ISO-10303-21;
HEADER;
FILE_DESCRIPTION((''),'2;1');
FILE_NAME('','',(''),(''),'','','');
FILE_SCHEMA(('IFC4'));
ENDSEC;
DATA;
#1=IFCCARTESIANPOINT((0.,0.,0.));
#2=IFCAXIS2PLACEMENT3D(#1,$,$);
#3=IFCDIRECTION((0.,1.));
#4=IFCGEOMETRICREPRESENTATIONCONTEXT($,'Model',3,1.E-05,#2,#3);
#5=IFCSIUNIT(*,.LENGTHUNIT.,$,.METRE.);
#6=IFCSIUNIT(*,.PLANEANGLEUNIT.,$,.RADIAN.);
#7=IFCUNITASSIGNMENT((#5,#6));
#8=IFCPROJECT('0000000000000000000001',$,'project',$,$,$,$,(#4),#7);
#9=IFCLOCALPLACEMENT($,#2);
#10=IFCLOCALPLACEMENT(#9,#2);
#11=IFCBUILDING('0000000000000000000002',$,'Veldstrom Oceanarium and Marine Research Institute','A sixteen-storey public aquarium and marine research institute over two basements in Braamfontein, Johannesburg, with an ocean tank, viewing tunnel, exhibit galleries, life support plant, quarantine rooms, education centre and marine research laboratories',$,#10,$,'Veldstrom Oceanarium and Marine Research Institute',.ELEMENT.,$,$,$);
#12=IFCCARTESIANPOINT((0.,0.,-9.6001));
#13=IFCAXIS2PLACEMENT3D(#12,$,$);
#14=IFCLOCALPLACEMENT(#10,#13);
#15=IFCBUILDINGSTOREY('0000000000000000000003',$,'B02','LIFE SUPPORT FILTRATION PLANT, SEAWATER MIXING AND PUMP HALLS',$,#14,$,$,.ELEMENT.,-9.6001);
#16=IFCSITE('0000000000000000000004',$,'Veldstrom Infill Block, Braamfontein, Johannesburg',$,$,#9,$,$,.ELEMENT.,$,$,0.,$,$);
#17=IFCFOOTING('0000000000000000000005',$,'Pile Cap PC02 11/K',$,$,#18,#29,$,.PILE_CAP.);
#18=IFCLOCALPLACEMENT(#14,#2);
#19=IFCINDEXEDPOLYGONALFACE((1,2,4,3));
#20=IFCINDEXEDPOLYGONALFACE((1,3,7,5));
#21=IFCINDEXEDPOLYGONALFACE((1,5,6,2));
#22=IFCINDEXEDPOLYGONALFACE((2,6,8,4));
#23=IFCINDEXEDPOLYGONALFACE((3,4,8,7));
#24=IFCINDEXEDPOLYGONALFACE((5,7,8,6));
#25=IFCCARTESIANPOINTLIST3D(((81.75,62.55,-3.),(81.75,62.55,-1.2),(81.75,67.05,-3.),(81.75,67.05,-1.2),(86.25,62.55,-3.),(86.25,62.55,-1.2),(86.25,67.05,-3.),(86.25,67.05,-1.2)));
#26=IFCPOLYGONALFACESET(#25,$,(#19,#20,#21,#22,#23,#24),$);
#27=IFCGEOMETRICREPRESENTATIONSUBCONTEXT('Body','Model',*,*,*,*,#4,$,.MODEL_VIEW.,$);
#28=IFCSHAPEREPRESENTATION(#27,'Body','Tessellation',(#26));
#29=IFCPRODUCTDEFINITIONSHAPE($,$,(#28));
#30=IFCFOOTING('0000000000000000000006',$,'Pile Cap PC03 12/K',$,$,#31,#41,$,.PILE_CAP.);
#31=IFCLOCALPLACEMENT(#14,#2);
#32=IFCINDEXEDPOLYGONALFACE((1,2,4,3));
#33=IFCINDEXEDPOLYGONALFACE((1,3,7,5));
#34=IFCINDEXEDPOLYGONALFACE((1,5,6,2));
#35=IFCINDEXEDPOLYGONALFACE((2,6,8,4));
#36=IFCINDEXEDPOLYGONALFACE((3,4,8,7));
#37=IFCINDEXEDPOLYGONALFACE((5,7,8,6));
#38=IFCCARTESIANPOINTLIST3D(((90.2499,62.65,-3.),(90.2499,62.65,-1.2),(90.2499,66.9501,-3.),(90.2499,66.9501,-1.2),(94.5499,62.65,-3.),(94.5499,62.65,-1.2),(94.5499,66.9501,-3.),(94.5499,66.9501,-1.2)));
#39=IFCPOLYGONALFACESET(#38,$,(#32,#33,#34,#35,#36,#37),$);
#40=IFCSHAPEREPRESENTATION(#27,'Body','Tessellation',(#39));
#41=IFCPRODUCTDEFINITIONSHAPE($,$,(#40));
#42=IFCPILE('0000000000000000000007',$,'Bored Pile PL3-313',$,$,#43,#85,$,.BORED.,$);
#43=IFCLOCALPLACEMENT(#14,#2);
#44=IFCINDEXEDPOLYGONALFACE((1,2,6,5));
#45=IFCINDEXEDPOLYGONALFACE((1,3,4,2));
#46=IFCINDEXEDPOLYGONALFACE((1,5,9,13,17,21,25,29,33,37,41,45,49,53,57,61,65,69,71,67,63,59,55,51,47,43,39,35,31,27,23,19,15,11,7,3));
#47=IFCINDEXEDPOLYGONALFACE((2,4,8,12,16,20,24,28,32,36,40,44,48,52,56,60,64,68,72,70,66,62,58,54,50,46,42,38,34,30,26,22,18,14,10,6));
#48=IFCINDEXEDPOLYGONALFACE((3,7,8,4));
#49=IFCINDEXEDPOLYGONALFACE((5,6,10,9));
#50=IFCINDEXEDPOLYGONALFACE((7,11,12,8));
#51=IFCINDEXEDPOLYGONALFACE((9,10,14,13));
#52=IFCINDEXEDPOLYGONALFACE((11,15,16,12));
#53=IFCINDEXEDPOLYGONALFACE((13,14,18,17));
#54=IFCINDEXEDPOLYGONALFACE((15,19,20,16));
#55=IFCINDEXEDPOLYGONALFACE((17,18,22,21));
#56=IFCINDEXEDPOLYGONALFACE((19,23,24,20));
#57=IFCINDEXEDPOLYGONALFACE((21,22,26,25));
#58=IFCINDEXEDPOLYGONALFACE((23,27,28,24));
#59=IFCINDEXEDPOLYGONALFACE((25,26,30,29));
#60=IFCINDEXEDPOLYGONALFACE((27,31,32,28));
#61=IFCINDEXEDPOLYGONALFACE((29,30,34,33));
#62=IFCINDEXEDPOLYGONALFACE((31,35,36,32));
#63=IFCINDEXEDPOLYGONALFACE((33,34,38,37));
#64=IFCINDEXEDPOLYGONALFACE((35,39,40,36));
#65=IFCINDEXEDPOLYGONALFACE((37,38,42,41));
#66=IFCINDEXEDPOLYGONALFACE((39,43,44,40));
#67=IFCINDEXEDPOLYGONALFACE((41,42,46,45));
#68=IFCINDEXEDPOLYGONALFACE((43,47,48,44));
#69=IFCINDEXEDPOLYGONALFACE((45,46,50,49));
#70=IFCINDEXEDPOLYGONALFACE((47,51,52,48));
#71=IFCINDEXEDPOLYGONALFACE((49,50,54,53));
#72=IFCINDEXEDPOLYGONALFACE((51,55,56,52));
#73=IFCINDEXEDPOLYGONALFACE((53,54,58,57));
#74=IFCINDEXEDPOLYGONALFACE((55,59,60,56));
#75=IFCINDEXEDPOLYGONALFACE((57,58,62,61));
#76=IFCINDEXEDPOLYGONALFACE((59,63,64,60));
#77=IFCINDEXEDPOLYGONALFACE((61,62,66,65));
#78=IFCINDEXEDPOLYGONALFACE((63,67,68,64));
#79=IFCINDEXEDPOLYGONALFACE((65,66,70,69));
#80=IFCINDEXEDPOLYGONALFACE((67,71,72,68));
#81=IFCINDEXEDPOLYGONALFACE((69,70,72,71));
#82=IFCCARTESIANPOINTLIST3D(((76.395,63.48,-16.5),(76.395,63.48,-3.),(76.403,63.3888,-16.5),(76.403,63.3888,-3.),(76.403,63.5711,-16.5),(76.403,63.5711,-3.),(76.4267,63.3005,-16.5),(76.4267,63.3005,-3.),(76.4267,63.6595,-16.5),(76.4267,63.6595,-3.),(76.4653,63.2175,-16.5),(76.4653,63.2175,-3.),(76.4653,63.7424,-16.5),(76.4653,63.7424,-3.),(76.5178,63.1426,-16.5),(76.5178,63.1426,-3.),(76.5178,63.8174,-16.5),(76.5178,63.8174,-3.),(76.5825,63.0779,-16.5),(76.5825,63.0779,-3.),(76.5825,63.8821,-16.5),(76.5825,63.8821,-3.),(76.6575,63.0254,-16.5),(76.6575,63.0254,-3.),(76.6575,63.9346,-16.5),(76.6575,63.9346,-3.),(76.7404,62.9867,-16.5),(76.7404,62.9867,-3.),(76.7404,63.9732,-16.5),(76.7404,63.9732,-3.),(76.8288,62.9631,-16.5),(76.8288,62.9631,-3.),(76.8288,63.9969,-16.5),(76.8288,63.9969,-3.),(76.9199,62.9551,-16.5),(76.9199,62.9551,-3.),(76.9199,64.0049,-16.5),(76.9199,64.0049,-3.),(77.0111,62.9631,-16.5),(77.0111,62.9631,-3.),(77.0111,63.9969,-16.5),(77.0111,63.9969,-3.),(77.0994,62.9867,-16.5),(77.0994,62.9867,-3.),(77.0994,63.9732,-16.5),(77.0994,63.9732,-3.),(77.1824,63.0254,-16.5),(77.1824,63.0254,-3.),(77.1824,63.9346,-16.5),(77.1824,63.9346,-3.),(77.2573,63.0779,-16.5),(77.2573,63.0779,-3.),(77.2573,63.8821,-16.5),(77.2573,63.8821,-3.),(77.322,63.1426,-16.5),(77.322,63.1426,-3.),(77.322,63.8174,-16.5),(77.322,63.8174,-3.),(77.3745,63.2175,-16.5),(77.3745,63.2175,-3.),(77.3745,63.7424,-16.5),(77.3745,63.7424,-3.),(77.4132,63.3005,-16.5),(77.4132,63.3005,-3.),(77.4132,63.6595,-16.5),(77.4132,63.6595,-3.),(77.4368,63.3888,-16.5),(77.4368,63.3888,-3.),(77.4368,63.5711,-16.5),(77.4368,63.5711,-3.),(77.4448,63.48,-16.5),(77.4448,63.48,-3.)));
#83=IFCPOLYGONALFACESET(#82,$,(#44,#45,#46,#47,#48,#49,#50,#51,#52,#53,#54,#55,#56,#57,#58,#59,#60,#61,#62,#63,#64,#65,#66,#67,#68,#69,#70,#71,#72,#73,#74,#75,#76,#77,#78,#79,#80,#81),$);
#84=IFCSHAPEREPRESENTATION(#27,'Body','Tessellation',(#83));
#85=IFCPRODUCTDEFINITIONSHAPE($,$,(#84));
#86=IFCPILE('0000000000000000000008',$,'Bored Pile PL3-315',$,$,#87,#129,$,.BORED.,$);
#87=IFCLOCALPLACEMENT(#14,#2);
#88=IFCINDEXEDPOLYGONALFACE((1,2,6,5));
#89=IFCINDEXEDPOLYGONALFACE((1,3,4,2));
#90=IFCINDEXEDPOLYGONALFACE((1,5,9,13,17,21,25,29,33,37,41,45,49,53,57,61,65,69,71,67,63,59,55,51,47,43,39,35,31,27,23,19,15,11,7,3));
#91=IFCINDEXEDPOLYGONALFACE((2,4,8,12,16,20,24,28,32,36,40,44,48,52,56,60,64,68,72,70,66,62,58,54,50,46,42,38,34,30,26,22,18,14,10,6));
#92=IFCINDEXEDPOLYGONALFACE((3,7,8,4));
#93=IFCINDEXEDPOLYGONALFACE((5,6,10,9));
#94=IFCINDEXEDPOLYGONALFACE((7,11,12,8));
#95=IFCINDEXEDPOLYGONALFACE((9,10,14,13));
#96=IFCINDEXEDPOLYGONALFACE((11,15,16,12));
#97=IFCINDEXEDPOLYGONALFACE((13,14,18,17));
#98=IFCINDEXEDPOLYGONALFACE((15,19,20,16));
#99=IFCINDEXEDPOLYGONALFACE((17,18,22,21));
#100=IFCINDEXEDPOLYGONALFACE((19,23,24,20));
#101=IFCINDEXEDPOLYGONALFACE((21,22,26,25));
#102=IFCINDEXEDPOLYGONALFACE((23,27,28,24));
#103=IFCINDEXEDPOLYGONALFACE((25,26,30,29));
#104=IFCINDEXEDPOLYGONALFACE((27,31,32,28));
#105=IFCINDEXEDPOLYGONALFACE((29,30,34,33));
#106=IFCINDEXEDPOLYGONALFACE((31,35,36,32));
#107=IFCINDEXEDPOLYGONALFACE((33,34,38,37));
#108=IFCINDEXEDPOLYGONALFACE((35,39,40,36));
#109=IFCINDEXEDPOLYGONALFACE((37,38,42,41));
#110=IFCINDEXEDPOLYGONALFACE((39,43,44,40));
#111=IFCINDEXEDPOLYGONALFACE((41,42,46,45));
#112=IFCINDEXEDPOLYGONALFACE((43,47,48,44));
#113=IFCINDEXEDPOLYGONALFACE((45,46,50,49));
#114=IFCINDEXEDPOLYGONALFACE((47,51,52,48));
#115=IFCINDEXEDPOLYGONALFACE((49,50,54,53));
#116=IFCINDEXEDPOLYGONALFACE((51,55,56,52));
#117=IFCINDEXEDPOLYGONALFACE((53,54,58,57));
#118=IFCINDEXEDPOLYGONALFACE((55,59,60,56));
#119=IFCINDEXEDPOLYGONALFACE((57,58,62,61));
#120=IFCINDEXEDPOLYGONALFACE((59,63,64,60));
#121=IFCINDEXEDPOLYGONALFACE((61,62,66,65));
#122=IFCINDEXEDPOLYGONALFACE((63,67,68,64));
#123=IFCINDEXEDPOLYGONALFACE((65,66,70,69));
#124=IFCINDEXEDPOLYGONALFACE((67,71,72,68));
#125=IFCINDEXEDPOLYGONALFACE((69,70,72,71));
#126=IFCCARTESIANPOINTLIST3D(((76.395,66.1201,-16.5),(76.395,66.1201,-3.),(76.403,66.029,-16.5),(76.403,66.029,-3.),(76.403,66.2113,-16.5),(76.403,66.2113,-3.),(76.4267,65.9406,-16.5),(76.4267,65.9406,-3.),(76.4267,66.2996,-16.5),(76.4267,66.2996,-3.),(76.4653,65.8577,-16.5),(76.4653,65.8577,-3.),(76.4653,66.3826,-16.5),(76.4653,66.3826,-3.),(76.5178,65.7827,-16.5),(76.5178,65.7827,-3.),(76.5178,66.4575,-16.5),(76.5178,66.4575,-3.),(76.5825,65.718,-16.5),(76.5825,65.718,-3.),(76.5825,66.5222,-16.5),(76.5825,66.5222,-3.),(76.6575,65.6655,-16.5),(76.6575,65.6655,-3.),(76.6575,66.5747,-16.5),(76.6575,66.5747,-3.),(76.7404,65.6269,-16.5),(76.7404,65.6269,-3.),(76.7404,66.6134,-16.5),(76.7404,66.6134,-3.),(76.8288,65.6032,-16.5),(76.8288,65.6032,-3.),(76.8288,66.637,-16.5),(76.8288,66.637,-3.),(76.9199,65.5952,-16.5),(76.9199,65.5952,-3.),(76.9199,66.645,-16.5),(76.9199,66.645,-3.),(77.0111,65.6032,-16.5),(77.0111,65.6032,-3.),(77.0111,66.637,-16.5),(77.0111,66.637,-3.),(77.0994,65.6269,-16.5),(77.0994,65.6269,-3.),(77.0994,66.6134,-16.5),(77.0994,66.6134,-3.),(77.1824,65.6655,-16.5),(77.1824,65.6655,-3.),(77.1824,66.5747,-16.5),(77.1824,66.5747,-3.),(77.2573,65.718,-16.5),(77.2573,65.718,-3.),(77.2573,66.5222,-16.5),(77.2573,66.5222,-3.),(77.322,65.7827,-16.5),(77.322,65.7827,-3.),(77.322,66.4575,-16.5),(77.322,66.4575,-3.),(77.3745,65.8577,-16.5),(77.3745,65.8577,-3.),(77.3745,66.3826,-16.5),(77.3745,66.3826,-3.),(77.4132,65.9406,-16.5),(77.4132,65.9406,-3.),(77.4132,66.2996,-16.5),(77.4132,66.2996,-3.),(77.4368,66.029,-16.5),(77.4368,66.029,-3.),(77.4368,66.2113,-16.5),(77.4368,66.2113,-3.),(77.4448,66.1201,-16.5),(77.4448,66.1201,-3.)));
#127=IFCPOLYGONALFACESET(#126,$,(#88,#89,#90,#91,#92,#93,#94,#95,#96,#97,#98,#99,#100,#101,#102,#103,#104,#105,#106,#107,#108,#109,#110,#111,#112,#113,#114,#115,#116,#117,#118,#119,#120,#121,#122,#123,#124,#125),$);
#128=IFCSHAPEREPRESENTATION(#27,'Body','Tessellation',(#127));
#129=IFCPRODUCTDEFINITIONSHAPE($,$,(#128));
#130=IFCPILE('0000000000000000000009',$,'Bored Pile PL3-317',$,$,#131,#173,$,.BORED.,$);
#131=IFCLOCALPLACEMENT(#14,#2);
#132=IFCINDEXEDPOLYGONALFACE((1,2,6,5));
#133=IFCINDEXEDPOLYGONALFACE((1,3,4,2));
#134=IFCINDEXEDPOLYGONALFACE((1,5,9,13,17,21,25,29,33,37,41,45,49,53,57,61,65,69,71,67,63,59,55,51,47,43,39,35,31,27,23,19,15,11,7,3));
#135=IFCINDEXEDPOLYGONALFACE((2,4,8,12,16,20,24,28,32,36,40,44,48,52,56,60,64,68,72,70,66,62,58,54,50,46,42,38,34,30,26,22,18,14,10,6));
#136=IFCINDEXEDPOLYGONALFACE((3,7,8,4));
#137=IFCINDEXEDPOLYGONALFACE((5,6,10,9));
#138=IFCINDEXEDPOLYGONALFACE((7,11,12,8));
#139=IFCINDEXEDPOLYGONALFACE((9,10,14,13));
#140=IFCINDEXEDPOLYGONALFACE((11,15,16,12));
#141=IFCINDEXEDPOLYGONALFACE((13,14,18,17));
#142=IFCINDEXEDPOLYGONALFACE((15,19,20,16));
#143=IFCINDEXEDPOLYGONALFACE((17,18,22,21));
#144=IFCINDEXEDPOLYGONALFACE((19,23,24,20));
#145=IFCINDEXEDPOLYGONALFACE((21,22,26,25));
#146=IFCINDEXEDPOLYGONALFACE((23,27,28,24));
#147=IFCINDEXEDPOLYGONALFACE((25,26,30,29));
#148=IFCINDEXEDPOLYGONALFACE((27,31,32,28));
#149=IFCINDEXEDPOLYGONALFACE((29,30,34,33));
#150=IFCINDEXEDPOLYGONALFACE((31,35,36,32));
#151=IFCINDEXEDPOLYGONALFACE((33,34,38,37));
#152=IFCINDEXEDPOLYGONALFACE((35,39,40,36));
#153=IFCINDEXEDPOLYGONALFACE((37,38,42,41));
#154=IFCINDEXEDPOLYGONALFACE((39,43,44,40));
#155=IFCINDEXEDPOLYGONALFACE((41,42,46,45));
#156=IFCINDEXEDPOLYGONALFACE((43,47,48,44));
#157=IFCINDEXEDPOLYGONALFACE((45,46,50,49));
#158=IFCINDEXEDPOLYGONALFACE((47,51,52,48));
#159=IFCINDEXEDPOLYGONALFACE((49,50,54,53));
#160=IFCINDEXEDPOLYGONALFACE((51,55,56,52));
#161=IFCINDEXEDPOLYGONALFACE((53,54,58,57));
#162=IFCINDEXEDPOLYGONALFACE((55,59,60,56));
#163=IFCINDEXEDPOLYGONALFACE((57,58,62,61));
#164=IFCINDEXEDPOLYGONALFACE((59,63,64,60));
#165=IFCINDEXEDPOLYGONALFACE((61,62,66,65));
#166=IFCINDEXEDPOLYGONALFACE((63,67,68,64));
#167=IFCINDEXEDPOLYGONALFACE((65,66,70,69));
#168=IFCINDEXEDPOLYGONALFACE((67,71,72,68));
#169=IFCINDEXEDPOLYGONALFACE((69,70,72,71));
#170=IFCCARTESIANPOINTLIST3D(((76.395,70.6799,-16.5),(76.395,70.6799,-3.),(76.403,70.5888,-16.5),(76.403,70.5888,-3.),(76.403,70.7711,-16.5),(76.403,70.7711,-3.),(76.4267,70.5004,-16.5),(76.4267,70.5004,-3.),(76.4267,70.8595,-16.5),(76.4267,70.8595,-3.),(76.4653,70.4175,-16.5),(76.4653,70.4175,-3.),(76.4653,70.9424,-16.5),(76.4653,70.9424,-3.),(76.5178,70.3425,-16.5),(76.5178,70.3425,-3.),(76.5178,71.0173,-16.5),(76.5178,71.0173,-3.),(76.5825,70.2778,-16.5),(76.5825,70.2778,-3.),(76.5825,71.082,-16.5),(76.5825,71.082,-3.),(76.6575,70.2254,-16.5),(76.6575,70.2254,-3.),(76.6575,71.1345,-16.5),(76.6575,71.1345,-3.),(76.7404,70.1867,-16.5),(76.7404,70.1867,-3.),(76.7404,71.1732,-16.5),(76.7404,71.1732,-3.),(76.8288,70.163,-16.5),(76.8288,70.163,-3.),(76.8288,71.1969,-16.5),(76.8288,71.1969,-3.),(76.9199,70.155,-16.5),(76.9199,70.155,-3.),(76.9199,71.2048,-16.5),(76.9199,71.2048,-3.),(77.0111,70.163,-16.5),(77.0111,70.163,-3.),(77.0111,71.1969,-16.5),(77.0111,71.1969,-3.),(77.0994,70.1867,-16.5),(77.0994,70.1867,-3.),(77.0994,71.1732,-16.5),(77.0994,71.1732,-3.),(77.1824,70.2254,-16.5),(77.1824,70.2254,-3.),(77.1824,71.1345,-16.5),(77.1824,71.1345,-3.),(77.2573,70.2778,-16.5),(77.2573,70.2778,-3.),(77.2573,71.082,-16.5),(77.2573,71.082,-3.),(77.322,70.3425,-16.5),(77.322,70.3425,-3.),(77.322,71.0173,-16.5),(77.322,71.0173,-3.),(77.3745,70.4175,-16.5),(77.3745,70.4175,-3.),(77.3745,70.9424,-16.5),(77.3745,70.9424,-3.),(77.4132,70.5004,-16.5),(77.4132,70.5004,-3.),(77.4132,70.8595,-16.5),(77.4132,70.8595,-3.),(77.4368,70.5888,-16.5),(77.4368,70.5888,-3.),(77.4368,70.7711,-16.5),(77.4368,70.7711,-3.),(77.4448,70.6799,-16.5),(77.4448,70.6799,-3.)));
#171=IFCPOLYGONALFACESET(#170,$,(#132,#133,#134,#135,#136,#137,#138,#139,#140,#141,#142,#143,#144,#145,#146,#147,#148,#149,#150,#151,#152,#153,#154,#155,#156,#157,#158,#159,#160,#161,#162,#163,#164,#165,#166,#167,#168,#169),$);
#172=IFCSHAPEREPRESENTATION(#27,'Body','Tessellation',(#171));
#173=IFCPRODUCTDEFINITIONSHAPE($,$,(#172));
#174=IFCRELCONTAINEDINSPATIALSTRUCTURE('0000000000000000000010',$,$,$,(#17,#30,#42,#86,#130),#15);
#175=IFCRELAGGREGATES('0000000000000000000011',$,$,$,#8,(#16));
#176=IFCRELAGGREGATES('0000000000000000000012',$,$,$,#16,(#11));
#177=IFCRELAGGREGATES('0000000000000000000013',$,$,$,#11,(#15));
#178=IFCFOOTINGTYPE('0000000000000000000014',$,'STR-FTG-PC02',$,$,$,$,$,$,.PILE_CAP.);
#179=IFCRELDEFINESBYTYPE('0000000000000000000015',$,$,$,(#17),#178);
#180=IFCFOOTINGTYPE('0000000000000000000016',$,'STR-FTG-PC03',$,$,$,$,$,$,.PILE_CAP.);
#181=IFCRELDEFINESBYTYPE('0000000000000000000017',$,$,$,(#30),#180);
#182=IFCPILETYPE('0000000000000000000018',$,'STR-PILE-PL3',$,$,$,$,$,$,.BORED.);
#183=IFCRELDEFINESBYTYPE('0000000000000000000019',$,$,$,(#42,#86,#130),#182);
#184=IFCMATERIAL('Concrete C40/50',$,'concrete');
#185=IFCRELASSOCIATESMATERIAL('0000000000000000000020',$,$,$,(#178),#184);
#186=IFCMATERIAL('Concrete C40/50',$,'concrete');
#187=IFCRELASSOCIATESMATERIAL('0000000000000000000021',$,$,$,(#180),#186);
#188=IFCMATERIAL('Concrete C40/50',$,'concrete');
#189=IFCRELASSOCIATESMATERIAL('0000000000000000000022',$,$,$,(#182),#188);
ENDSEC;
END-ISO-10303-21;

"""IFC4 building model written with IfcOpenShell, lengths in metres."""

from ifc_helpers import new_model, si_unit, direction, frame, origin, origin_2d, place, context, subcontext, project, spatial, rectangle, circle, extrude, material, material_profile, profile_set, type_object, element, save


model = new_model("IFC4")

# Units and contexts
model_context = context("Model", 3, precision=1e-05, world=origin(), true_north=direction((0.0, 1.0)))
body_context = subcontext(model_context, "Body", "Model", "MODEL_VIEW")
ifc_project = project(units=[si_unit("LENGTHUNIT", "METRE"), si_unit("PLANEANGLEUNIT", "RADIAN")], contexts=[model_context])

# Site, building, storey
site_placement = place(None, origin())
site = spatial("IfcSite", under=ifc_project, at=site_placement, Name="Veldstrom Infill Block, Braamfontein, Johannesburg", CompositionType="ELEMENT", RefElevation=0.0)
building_placement = place(site_placement, origin())
building = spatial("IfcBuilding", under=site, at=building_placement, Name="Veldstrom Oceanarium and Marine Research Institute", Description="A sixteen-storey public aquarium and marine research institute over two basements in Braamfontein, Johannesburg, with an ocean tank, viewing tunnel, exhibit galleries, life support plant, quarantine rooms, education centre and marine research laboratories", LongName="Veldstrom Oceanarium and Marine Research Institute", CompositionType="ELEMENT")
storey_placement = place(building_placement, frame((0.0, 0.0, -9.6001)))
storey = spatial("IfcBuildingStorey", under=building, at=storey_placement, Name="B02", Description="LIFE SUPPORT FILTRATION PLANT, SEAWATER MIXING AND PUMP HALLS", CompositionType="ELEMENT", Elevation=-9.6001)

# Footings
ifc_material_1 = material(Name="Concrete C40/50", Category="concrete")
footing_type_1 = type_object("IfcFootingType", Name="STR-FTG-PC02", PredefinedType="PILE_CAP", material=ifc_material_1)
footing_1_placement = place(storey_placement, frame((84.0, 64.8, -3.0), z_axis=(0.0, 0.0, 1.0), x_axis=(1.0, 0.0, 0.0)))
element("IfcFooting", 1, at=footing_1_placement, inside=storey, type_object=footing_type_1, Name="Pile Cap PC02 11/K", PredefinedType="PILE_CAP", context=body_context, shape_type="SweptSolid", body=[
    extrude(rectangle(XDim=4.5, YDim=4.5, at=origin_2d()), origin(), (0.0, 0.0, 1.0), 1.8),
])
ifc_material_2 = material(Name="Concrete C40/50", Category="concrete")
footing_type_2 = type_object("IfcFootingType", Name="STR-FTG-PC03", PredefinedType="PILE_CAP", material=ifc_material_2)
footing_2_placement = place(storey_placement, frame((92.3999, 64.8, -3.0), z_axis=(0.0, 0.0, 1.0), x_axis=(1.0, 0.0, 0.0)))
element("IfcFooting", 2, at=footing_2_placement, inside=storey, type_object=footing_type_2, Name="Pile Cap PC03 12/K", PredefinedType="PILE_CAP", context=body_context, shape_type="SweptSolid", body=[
    extrude(rectangle(XDim=4.3, YDim=4.3, at=origin_2d()), origin(), (0.0, 0.0, 1.0), 1.8),
])

# Piles
ifc_material_3 = material(Name="Concrete C40/50", Category="concrete")
ifc_material_profile_1 = material_profile(ifc_material_3, circle(Radius=0.5249, at=origin_2d()), Name="PILE-D1050")
ifc_profile_set_1 = profile_set([ifc_material_profile_1], Name="Concrete C40/50")
pile_type = type_object("IfcPileType", Name="STR-PILE-PL3", PredefinedType="BORED", material=ifc_profile_set_1)
for number, where, z_axis, x_axis, name in (
    (3, (76.9199, 63.48, -3.0), (0.0, 0.0, -1.0), (1.0, 0.0, 0.0), "Bored Pile PL3-313"),
    (4, (76.9199, 66.1201, -3.0), (0.0, 0.0, -1.0), (1.0, 0.0, 0.0), "Bored Pile PL3-315"),
    (5, (76.9199, 70.6799, -3.0), (0.0, 0.0, -1.0), (1.0, 0.0, 0.0), "Bored Pile PL3-317"),
):
    element("IfcPile", number, at=place(storey_placement, frame(where, z_axis=z_axis, x_axis=x_axis)), inside=storey, type_object=pile_type, Name=name, PredefinedType="BORED", context=body_context, shape_type="SweptSolid", body=[
        extrude(circle(Radius=0.5249, at=origin_2d()), origin(), (0.0, 0.0, 1.0), 13.5),
    ])

save(model, "model.ifc")
